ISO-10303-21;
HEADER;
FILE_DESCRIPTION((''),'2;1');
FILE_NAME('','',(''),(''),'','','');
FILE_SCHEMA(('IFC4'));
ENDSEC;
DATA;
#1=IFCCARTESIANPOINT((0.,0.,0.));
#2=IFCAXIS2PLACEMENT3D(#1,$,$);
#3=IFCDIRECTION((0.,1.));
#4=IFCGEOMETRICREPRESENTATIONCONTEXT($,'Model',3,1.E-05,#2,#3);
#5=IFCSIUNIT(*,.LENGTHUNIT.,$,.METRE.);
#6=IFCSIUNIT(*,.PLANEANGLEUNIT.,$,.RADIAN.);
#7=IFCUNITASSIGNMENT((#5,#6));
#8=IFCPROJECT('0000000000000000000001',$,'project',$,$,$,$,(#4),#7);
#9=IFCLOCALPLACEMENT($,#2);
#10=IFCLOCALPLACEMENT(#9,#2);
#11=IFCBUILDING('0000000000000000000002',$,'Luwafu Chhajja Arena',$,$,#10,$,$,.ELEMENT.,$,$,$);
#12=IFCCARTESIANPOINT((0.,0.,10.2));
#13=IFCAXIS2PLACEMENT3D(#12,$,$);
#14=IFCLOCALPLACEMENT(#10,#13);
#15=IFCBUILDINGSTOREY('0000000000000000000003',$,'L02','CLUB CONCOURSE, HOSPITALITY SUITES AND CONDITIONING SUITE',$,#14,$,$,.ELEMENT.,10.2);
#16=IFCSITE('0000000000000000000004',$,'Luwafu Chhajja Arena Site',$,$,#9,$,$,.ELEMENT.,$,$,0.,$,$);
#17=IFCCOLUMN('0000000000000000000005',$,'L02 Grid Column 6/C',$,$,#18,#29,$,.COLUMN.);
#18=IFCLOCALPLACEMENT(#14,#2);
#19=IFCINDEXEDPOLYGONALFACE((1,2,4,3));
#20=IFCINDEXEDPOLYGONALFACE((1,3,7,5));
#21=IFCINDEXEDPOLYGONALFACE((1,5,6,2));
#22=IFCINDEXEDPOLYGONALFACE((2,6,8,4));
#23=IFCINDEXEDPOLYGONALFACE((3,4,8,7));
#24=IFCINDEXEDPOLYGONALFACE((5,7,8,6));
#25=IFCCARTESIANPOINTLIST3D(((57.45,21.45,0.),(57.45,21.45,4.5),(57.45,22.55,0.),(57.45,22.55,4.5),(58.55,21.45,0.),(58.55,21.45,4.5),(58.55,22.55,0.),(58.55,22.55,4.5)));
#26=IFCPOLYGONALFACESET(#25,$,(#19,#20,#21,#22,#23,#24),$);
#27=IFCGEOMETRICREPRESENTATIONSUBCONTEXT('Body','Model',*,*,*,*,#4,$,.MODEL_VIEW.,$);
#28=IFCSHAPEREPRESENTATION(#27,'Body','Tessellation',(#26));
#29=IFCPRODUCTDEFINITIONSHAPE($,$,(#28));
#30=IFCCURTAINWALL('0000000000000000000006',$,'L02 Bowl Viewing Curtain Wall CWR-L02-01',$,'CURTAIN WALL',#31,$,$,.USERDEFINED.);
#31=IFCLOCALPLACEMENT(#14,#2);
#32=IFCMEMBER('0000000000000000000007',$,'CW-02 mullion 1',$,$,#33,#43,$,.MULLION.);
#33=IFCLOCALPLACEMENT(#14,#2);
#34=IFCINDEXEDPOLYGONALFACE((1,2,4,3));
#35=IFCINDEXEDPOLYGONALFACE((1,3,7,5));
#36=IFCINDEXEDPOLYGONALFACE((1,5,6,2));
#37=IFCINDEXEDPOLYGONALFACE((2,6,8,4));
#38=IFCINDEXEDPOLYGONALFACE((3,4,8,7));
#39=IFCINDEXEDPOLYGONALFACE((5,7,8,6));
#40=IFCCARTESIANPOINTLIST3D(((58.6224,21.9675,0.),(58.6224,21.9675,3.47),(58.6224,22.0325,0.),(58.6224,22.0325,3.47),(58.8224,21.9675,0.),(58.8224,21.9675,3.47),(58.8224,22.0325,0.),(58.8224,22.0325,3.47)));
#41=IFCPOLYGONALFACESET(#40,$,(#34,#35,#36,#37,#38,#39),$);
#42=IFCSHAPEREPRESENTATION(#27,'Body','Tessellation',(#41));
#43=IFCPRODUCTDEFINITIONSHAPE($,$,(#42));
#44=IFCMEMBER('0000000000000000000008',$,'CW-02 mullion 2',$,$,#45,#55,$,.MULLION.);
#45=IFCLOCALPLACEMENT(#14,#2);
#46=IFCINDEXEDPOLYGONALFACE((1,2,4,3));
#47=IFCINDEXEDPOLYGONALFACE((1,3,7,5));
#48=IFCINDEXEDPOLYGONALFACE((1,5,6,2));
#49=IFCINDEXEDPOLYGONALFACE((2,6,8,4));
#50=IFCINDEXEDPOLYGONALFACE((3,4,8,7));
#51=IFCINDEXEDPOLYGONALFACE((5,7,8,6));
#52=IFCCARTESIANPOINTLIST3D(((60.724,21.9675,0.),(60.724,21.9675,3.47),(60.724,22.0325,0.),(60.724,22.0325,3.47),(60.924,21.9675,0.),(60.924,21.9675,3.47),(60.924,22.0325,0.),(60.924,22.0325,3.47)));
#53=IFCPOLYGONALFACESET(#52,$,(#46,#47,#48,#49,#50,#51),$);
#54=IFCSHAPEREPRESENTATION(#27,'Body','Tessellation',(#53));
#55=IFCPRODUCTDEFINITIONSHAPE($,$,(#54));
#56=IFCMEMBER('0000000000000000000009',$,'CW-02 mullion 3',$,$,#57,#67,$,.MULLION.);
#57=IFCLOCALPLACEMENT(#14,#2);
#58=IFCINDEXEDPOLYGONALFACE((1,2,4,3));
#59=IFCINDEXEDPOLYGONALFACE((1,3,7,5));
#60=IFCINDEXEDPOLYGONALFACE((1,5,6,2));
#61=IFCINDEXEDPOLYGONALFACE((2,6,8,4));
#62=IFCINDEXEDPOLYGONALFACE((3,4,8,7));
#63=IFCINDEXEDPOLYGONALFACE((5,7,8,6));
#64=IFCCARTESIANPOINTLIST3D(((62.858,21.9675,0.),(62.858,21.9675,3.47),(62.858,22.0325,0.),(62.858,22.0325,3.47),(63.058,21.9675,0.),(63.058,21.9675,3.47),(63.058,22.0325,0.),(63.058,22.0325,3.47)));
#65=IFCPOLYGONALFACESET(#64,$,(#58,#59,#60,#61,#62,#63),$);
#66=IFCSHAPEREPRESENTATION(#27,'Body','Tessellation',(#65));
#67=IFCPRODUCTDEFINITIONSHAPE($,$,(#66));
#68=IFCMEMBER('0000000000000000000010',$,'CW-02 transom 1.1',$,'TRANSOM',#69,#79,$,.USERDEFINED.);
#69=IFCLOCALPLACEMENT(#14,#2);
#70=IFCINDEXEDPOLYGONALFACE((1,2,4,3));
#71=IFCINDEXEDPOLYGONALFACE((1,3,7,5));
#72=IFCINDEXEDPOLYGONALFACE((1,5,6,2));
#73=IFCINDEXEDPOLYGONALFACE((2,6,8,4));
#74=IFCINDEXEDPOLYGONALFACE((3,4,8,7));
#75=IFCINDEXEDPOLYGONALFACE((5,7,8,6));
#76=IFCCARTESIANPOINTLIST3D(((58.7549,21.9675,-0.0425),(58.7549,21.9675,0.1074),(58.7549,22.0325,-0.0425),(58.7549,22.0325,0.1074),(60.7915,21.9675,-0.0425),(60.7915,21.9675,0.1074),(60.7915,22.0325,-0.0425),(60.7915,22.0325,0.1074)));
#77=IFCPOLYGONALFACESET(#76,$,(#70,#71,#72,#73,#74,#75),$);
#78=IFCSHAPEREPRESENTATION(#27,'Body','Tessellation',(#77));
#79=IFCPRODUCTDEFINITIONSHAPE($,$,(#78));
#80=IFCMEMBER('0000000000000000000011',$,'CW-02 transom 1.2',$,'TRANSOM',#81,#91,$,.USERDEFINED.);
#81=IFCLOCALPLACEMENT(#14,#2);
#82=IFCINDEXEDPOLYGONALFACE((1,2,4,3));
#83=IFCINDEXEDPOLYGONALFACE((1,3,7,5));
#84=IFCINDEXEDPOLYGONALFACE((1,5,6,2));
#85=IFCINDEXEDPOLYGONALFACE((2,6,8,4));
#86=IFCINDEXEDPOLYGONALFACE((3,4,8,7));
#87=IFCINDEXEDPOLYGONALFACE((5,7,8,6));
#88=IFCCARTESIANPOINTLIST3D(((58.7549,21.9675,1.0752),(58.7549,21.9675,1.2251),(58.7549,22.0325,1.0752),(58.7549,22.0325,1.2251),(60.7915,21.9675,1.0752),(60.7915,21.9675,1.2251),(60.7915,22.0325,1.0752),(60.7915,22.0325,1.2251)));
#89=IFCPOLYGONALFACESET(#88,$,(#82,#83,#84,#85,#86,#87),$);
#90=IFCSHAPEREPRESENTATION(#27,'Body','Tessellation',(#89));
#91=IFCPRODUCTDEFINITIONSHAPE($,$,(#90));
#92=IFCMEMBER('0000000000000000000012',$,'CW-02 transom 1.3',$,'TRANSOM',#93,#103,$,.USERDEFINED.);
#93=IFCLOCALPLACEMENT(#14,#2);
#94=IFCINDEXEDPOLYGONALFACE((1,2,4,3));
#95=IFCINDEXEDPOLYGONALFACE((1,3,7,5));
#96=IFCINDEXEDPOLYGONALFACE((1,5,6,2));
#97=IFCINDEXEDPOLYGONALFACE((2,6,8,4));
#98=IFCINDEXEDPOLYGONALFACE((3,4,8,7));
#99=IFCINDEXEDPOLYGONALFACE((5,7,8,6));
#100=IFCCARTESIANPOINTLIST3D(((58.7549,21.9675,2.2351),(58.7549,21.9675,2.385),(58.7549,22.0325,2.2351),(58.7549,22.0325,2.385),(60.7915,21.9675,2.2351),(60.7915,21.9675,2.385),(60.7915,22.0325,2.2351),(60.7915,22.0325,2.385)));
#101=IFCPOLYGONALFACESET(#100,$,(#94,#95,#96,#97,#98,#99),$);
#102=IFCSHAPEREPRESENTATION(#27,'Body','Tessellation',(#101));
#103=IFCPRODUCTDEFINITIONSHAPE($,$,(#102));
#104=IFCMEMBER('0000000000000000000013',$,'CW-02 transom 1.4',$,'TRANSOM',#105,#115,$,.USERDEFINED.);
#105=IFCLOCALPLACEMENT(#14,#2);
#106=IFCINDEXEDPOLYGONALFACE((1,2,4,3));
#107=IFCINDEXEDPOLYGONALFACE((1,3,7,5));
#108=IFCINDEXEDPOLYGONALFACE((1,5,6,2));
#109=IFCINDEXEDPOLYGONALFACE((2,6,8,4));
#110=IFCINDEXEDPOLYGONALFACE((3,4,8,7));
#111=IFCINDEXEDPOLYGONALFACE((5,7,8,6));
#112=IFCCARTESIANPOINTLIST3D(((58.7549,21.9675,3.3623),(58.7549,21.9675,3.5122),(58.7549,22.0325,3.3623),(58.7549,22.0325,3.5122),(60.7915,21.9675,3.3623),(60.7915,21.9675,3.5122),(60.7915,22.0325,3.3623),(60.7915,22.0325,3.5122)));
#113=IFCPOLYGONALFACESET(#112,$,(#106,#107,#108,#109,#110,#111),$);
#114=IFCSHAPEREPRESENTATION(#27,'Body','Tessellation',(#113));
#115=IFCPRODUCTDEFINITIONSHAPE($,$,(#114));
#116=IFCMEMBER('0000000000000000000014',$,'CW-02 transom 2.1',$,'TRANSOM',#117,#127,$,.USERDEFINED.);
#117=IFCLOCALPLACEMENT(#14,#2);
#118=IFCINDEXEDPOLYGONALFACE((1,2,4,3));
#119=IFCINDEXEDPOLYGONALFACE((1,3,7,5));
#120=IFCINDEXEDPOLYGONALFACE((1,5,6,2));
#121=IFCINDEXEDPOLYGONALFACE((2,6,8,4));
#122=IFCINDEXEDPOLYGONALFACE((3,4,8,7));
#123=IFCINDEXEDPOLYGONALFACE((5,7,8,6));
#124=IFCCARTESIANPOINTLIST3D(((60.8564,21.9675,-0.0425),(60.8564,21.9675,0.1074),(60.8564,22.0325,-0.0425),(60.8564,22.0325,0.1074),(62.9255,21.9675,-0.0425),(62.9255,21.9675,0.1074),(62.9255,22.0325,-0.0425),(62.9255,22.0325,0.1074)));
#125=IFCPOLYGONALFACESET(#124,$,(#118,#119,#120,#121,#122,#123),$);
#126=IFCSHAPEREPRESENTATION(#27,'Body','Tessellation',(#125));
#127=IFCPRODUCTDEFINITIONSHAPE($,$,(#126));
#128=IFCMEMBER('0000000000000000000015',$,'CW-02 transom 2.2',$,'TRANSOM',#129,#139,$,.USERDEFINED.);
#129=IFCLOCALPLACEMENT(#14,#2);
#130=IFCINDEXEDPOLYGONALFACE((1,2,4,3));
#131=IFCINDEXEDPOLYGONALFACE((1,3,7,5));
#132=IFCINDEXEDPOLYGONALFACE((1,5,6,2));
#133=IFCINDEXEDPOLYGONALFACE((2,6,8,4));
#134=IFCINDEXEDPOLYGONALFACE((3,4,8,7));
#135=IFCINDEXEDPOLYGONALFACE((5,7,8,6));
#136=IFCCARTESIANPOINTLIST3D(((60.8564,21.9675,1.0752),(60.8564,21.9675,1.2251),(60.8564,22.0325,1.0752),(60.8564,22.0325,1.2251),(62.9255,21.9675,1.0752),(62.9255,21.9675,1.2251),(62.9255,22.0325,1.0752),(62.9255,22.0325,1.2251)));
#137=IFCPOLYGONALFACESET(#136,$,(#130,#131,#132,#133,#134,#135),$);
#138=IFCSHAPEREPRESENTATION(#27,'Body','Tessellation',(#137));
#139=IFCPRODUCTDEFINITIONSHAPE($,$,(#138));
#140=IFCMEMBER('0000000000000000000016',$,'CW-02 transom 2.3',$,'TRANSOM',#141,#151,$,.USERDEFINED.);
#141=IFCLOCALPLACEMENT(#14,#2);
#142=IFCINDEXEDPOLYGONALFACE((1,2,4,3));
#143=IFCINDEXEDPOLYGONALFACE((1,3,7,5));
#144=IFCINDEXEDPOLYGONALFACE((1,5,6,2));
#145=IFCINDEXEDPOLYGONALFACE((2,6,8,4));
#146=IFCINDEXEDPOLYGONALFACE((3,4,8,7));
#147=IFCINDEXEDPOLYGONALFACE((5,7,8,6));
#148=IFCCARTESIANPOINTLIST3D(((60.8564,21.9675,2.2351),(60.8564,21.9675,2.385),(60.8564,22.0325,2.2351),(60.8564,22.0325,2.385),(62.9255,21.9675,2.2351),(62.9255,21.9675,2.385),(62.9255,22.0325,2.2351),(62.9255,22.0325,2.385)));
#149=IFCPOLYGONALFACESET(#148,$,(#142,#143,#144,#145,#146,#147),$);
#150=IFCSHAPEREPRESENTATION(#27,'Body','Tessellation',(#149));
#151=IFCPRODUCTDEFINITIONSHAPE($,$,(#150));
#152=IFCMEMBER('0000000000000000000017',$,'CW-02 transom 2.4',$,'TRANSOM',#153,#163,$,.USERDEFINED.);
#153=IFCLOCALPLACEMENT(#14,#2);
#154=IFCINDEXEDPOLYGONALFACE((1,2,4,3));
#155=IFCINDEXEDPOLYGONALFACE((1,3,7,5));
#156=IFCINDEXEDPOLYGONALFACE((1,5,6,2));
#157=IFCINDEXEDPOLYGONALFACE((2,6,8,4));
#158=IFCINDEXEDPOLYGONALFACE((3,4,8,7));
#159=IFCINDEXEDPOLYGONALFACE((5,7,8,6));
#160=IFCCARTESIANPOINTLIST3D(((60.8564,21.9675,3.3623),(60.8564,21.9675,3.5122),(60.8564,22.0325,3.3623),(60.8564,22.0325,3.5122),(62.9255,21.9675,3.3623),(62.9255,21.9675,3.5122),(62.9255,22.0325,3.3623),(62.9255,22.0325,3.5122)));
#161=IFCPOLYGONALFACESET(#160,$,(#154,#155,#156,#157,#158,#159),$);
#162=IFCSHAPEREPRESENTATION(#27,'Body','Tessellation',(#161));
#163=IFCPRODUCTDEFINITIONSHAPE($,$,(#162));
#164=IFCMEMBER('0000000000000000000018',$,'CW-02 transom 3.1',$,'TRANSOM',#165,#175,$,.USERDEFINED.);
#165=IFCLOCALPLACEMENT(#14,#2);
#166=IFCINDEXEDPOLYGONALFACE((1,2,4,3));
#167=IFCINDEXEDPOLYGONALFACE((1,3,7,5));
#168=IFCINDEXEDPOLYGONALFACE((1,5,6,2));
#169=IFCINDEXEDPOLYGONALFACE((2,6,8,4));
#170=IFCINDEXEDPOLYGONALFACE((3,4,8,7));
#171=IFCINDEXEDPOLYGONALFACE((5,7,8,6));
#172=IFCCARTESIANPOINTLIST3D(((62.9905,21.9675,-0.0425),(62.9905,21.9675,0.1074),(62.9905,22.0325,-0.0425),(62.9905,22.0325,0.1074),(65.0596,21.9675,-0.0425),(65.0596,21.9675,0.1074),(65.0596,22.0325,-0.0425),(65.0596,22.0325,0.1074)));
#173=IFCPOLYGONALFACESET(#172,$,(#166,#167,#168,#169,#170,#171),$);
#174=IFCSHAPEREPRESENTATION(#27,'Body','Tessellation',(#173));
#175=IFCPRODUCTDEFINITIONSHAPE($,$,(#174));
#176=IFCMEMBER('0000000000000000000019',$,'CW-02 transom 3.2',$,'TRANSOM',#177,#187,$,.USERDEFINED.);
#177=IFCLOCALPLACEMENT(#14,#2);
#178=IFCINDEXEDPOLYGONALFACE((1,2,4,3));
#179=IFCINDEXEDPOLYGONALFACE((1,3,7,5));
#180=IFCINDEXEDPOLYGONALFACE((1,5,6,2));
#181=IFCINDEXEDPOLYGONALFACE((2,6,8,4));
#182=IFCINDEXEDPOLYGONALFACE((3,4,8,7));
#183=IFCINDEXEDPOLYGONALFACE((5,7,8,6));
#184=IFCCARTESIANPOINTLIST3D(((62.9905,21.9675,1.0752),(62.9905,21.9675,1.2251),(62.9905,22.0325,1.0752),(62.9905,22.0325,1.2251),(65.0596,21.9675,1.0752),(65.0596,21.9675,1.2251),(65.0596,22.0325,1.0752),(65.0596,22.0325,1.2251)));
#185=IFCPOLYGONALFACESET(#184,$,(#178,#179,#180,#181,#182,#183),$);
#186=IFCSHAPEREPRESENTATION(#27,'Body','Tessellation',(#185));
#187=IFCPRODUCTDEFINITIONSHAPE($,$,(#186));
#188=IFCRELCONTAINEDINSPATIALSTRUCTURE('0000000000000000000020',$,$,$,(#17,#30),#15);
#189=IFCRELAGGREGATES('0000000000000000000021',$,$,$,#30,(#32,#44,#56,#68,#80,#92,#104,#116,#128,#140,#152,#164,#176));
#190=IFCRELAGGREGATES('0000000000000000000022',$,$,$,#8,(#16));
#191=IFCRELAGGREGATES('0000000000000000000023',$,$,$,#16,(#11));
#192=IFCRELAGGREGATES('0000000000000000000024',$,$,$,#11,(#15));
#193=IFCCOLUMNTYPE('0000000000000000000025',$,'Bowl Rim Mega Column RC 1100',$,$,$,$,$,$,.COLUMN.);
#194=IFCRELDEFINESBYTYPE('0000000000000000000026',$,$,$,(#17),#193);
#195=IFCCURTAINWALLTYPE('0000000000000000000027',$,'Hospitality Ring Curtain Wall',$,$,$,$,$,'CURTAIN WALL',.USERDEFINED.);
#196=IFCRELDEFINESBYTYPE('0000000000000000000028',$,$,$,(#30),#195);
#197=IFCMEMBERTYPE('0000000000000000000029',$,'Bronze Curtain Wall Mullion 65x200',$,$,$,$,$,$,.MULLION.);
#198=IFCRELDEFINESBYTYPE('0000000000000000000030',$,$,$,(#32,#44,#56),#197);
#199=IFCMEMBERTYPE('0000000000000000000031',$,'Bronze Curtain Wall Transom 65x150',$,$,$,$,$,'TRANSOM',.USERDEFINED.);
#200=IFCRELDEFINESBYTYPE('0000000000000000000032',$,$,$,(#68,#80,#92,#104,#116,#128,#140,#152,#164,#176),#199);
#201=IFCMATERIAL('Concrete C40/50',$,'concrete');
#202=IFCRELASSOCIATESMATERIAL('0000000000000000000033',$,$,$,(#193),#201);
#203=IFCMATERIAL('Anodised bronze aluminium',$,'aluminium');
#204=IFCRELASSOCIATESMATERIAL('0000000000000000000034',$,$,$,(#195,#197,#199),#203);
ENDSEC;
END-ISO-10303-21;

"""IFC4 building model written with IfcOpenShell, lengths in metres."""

from ifc_helpers import new_model, si_unit, direction, frame, origin, origin_2d, place, context, subcontext, project, spatial, rectangle, extrude, material, material_profile, profile_set, type_object, element, aggregate, save


model = new_model("IFC4")

# Units and contexts
model_context = context("Model", 3, precision=1e-05, world=origin(), true_north=direction((0.0, 1.0)))
body_context = subcontext(model_context, "Body", "Model", "MODEL_VIEW")
ifc_project = project(units=[si_unit("LENGTHUNIT", "METRE"), si_unit("PLANEANGLEUNIT", "RADIAN")], contexts=[model_context])

# Site, building, storey
site_placement = place(None, origin())
site = spatial("IfcSite", under=ifc_project, at=site_placement, Name="Luwafu Chhajja Arena Site", CompositionType="ELEMENT", RefElevation=0.0)
building_placement = place(site_placement, origin())
building = spatial("IfcBuilding", under=site, at=building_placement, Name="Luwafu Chhajja Arena", CompositionType="ELEMENT")
storey_placement = place(building_placement, frame((0.0, 0.0, 10.2)))
storey = spatial("IfcBuildingStorey", under=building, at=storey_placement, Name="L02", Description="CLUB CONCOURSE, HOSPITALITY SUITES AND CONDITIONING SUITE", CompositionType="ELEMENT", Elevation=10.2)

# Column
ifc_material_1 = material(Name="Concrete C40/50", Category="concrete")
ifc_material_profile_1 = material_profile(ifc_material_1, rectangle(XDim=1.1001, YDim=1.1001, at=origin_2d()), Name="RC 1100x1100")
ifc_profile_set_1 = profile_set([ifc_material_profile_1], Name="Concrete C40/50")
column_type = type_object("IfcColumnType", Name="Bowl Rim Mega Column RC 1100", PredefinedType="COLUMN", material=ifc_profile_set_1)
column_placement = place(storey_placement, frame((58.0, 22.0, 0.0), z_axis=(0.0, 0.0, 1.0), x_axis=(1.0, 0.0, 0.0)))
element("IfcColumn", 1, at=column_placement, inside=storey, type_object=column_type, Name="L02 Grid Column 6/C", PredefinedType="COLUMN", context=body_context, shape_type="SweptSolid", body=[
    extrude(rectangle(XDim=1.1001, YDim=1.1001, at=origin_2d()), origin(), (0.0, 0.0, 1.0), 4.5),
])

# Curtain wall, members
ifc_material_2 = material(Name="Anodised bronze aluminium", Category="aluminium")
curtain_wall_type = type_object("IfcCurtainWallType", Name="Hospitality Ring Curtain Wall", ElementType="CURTAIN WALL", PredefinedType="USERDEFINED", material=ifc_material_2)
curtain_wall_placement = place(storey_placement, origin())
curtain_wall = element("IfcCurtainWall", 2, at=curtain_wall_placement, inside=storey, type_object=curtain_wall_type, Name="L02 Bowl Viewing Curtain Wall CWR-L02-01", ObjectType="CURTAIN WALL", PredefinedType="USERDEFINED")
ifc_material_profile_2 = material_profile(ifc_material_2, rectangle(XDim=0.0649, YDim=0.2, at=origin_2d()), Name="CWM 65x200")
ifc_profile_set_2 = profile_set([ifc_material_profile_2], Name="Anodised bronze aluminium")
member_type_1 = type_object("IfcMemberType", Name="Bronze Curtain Wall Mullion 65x200", PredefinedType="MULLION", material=ifc_profile_set_2)
member_1_placement = place(storey_placement, frame((58.7224, 22.0, 0.0), z_axis=(0.0, 0.0, 1.0), x_axis=(0.0, 1.0, 0.0)))
member_1 = element("IfcMember", 3, at=member_1_placement, type_object=member_type_1, Name="CW-02 mullion 1", PredefinedType="MULLION", context=body_context, shape_type="SweptSolid", body=[
    extrude(rectangle(XDim=0.0649, YDim=0.2, at=origin_2d()), origin(), (0.0, 0.0, 1.0), 3.47),
])
member_2_placement = place(storey_placement, frame((60.824, 22.0, 0.0), z_axis=(0.0, 0.0, 1.0), x_axis=(0.0, 1.0, 0.0)))
member_2 = element("IfcMember", 4, at=member_2_placement, type_object=member_type_1, Name="CW-02 mullion 2", PredefinedType="MULLION", context=body_context, shape_type="SweptSolid", body=[
    extrude(rectangle(XDim=0.0649, YDim=0.2, at=origin_2d()), origin(), (0.0, 0.0, 1.0), 3.47),
])
member_3_placement = place(storey_placement, frame((62.958, 22.0, 0.0), z_axis=(0.0, 0.0, 1.0), x_axis=(0.0, 1.0, 0.0)))
member_3 = element("IfcMember", 5, at=member_3_placement, type_object=member_type_1, Name="CW-02 mullion 3", PredefinedType="MULLION", context=body_context, shape_type="SweptSolid", body=[
    extrude(rectangle(XDim=0.0649, YDim=0.2, at=origin_2d()), origin(), (0.0, 0.0, 1.0), 3.47),
])
ifc_material_profile_3 = material_profile(ifc_material_2, rectangle(XDim=0.0649, YDim=0.1499, at=origin_2d()), Name="CWT 65x150")
ifc_profile_set_3 = profile_set([ifc_material_profile_3], Name="Anodised bronze aluminium")
member_type_2 = type_object("IfcMemberType", Name="Bronze Curtain Wall Transom 65x150", ElementType="TRANSOM", PredefinedType="USERDEFINED", material=ifc_profile_set_3)
member_4_placement = place(storey_placement, frame((58.7549, 22.0, 0.0325), z_axis=(1.0, 0.0, 0.0), x_axis=(0.0, 1.0, 0.0)))
member_4 = element("IfcMember", 6, at=member_4_placement, type_object=member_type_2, Name="CW-02 transom 1.1", ObjectType="TRANSOM", PredefinedType="USERDEFINED", context=body_context, shape_type="SweptSolid", body=[
    extrude(rectangle(XDim=0.0649, YDim=0.1499, at=origin_2d()), origin(), (0.0, 0.0, 1.0), 2.0366),
])
member_5_placement = place(storey_placement, frame((58.7549, 22.0, 1.1501), z_axis=(1.0, 0.0, 0.0), x_axis=(0.0, 1.0, 0.0)))
member_5 = element("IfcMember", 7, at=member_5_placement, type_object=member_type_2, Name="CW-02 transom 1.2", ObjectType="TRANSOM", PredefinedType="USERDEFINED", context=body_context, shape_type="SweptSolid", body=[
    extrude(rectangle(XDim=0.0649, YDim=0.1499, at=origin_2d()), origin(), (0.0, 0.0, 1.0), 2.0366),
])
member_6_placement = place(storey_placement, frame((58.7549, 22.0, 2.3101), z_axis=(1.0, 0.0, 0.0), x_axis=(0.0, 1.0, 0.0)))
member_6 = element("IfcMember", 8, at=member_6_placement, type_object=member_type_2, Name="CW-02 transom 1.3", ObjectType="TRANSOM", PredefinedType="USERDEFINED", context=body_context, shape_type="SweptSolid", body=[
    extrude(rectangle(XDim=0.0649, YDim=0.1499, at=origin_2d()), origin(), (0.0, 0.0, 1.0), 2.0366),
])
member_7_placement = place(storey_placement, frame((58.7549, 22.0, 3.4373), z_axis=(1.0, 0.0, 0.0), x_axis=(0.0, 1.0, 0.0)))
member_7 = element("IfcMember", 9, at=member_7_placement, type_object=member_type_2, Name="CW-02 transom 1.4", ObjectType="TRANSOM", PredefinedType="USERDEFINED", context=body_context, shape_type="SweptSolid", body=[
    extrude(rectangle(XDim=0.0649, YDim=0.1499, at=origin_2d()), origin(), (0.0, 0.0, 1.0), 2.0366),
])
member_8_placement = place(storey_placement, frame((60.8564, 22.0, 0.0325), z_axis=(1.0, 0.0, 0.0), x_axis=(0.0, 1.0, 0.0)))
member_8 = element("IfcMember", 10, at=member_8_placement, type_object=member_type_2, Name="CW-02 transom 2.1", ObjectType="TRANSOM", PredefinedType="USERDEFINED", context=body_context, shape_type="SweptSolid", body=[
    extrude(rectangle(XDim=0.0649, YDim=0.1499, at=origin_2d()), origin(), (0.0, 0.0, 1.0), 2.0691),
])
member_9_placement = place(storey_placement, frame((60.8564, 22.0, 1.1501), z_axis=(1.0, 0.0, 0.0), x_axis=(0.0, 1.0, 0.0)))
member_9 = element("IfcMember", 11, at=member_9_placement, type_object=member_type_2, Name="CW-02 transom 2.2", ObjectType="TRANSOM", PredefinedType="USERDEFINED", context=body_context, shape_type="SweptSolid", body=[
    extrude(rectangle(XDim=0.0649, YDim=0.1499, at=origin_2d()), origin(), (0.0, 0.0, 1.0), 2.0691),
])
member_10_placement = place(storey_placement, frame((60.8564, 22.0, 2.3101), z_axis=(1.0, 0.0, 0.0), x_axis=(0.0, 1.0, 0.0)))
member_10 = element("IfcMember", 12, at=member_10_placement, type_object=member_type_2, Name="CW-02 transom 2.3", ObjectType="TRANSOM", PredefinedType="USERDEFINED", context=body_context, shape_type="SweptSolid", body=[
    extrude(rectangle(XDim=0.0649, YDim=0.1499, at=origin_2d()), origin(), (0.0, 0.0, 1.0), 2.0691),
])
member_11_placement = place(storey_placement, frame((60.8564, 22.0, 3.4373), z_axis=(1.0, 0.0, 0.0), x_axis=(0.0, 1.0, 0.0)))
member_11 = element("IfcMember", 13, at=member_11_placement, type_object=member_type_2, Name="CW-02 transom 2.4", ObjectType="TRANSOM", PredefinedType="USERDEFINED", context=body_context, shape_type="SweptSolid", body=[
    extrude(rectangle(XDim=0.0649, YDim=0.1499, at=origin_2d()), origin(), (0.0, 0.0, 1.0), 2.0691),
])
member_12_placement = place(storey_placement, frame((62.9905, 22.0, 0.0325), z_axis=(1.0, 0.0, 0.0), x_axis=(0.0, 1.0, 0.0)))
member_12 = element("IfcMember", 14, at=member_12_placement, type_object=member_type_2, Name="CW-02 transom 3.1", ObjectType="TRANSOM", PredefinedType="USERDEFINED", context=body_context, shape_type="SweptSolid", body=[
    extrude(rectangle(XDim=0.0649, YDim=0.1499, at=origin_2d()), origin(), (0.0, 0.0, 1.0), 2.0691),
])
member_13_placement = place(storey_placement, frame((62.9905, 22.0, 1.1501), z_axis=(1.0, 0.0, 0.0), x_axis=(0.0, 1.0, 0.0)))
member_13 = element("IfcMember", 15, at=member_13_placement, type_object=member_type_2, Name="CW-02 transom 3.2", ObjectType="TRANSOM", PredefinedType="USERDEFINED", context=body_context, shape_type="SweptSolid", body=[
    extrude(rectangle(XDim=0.0649, YDim=0.1499, at=origin_2d()), origin(), (0.0, 0.0, 1.0), 2.0691),
])

aggregate(curtain_wall, [member_1, member_2, member_3, member_4, member_5, member_6, member_7, member_8, member_9, member_10, member_11, member_12, member_13])

save(model, "model.ifc")
